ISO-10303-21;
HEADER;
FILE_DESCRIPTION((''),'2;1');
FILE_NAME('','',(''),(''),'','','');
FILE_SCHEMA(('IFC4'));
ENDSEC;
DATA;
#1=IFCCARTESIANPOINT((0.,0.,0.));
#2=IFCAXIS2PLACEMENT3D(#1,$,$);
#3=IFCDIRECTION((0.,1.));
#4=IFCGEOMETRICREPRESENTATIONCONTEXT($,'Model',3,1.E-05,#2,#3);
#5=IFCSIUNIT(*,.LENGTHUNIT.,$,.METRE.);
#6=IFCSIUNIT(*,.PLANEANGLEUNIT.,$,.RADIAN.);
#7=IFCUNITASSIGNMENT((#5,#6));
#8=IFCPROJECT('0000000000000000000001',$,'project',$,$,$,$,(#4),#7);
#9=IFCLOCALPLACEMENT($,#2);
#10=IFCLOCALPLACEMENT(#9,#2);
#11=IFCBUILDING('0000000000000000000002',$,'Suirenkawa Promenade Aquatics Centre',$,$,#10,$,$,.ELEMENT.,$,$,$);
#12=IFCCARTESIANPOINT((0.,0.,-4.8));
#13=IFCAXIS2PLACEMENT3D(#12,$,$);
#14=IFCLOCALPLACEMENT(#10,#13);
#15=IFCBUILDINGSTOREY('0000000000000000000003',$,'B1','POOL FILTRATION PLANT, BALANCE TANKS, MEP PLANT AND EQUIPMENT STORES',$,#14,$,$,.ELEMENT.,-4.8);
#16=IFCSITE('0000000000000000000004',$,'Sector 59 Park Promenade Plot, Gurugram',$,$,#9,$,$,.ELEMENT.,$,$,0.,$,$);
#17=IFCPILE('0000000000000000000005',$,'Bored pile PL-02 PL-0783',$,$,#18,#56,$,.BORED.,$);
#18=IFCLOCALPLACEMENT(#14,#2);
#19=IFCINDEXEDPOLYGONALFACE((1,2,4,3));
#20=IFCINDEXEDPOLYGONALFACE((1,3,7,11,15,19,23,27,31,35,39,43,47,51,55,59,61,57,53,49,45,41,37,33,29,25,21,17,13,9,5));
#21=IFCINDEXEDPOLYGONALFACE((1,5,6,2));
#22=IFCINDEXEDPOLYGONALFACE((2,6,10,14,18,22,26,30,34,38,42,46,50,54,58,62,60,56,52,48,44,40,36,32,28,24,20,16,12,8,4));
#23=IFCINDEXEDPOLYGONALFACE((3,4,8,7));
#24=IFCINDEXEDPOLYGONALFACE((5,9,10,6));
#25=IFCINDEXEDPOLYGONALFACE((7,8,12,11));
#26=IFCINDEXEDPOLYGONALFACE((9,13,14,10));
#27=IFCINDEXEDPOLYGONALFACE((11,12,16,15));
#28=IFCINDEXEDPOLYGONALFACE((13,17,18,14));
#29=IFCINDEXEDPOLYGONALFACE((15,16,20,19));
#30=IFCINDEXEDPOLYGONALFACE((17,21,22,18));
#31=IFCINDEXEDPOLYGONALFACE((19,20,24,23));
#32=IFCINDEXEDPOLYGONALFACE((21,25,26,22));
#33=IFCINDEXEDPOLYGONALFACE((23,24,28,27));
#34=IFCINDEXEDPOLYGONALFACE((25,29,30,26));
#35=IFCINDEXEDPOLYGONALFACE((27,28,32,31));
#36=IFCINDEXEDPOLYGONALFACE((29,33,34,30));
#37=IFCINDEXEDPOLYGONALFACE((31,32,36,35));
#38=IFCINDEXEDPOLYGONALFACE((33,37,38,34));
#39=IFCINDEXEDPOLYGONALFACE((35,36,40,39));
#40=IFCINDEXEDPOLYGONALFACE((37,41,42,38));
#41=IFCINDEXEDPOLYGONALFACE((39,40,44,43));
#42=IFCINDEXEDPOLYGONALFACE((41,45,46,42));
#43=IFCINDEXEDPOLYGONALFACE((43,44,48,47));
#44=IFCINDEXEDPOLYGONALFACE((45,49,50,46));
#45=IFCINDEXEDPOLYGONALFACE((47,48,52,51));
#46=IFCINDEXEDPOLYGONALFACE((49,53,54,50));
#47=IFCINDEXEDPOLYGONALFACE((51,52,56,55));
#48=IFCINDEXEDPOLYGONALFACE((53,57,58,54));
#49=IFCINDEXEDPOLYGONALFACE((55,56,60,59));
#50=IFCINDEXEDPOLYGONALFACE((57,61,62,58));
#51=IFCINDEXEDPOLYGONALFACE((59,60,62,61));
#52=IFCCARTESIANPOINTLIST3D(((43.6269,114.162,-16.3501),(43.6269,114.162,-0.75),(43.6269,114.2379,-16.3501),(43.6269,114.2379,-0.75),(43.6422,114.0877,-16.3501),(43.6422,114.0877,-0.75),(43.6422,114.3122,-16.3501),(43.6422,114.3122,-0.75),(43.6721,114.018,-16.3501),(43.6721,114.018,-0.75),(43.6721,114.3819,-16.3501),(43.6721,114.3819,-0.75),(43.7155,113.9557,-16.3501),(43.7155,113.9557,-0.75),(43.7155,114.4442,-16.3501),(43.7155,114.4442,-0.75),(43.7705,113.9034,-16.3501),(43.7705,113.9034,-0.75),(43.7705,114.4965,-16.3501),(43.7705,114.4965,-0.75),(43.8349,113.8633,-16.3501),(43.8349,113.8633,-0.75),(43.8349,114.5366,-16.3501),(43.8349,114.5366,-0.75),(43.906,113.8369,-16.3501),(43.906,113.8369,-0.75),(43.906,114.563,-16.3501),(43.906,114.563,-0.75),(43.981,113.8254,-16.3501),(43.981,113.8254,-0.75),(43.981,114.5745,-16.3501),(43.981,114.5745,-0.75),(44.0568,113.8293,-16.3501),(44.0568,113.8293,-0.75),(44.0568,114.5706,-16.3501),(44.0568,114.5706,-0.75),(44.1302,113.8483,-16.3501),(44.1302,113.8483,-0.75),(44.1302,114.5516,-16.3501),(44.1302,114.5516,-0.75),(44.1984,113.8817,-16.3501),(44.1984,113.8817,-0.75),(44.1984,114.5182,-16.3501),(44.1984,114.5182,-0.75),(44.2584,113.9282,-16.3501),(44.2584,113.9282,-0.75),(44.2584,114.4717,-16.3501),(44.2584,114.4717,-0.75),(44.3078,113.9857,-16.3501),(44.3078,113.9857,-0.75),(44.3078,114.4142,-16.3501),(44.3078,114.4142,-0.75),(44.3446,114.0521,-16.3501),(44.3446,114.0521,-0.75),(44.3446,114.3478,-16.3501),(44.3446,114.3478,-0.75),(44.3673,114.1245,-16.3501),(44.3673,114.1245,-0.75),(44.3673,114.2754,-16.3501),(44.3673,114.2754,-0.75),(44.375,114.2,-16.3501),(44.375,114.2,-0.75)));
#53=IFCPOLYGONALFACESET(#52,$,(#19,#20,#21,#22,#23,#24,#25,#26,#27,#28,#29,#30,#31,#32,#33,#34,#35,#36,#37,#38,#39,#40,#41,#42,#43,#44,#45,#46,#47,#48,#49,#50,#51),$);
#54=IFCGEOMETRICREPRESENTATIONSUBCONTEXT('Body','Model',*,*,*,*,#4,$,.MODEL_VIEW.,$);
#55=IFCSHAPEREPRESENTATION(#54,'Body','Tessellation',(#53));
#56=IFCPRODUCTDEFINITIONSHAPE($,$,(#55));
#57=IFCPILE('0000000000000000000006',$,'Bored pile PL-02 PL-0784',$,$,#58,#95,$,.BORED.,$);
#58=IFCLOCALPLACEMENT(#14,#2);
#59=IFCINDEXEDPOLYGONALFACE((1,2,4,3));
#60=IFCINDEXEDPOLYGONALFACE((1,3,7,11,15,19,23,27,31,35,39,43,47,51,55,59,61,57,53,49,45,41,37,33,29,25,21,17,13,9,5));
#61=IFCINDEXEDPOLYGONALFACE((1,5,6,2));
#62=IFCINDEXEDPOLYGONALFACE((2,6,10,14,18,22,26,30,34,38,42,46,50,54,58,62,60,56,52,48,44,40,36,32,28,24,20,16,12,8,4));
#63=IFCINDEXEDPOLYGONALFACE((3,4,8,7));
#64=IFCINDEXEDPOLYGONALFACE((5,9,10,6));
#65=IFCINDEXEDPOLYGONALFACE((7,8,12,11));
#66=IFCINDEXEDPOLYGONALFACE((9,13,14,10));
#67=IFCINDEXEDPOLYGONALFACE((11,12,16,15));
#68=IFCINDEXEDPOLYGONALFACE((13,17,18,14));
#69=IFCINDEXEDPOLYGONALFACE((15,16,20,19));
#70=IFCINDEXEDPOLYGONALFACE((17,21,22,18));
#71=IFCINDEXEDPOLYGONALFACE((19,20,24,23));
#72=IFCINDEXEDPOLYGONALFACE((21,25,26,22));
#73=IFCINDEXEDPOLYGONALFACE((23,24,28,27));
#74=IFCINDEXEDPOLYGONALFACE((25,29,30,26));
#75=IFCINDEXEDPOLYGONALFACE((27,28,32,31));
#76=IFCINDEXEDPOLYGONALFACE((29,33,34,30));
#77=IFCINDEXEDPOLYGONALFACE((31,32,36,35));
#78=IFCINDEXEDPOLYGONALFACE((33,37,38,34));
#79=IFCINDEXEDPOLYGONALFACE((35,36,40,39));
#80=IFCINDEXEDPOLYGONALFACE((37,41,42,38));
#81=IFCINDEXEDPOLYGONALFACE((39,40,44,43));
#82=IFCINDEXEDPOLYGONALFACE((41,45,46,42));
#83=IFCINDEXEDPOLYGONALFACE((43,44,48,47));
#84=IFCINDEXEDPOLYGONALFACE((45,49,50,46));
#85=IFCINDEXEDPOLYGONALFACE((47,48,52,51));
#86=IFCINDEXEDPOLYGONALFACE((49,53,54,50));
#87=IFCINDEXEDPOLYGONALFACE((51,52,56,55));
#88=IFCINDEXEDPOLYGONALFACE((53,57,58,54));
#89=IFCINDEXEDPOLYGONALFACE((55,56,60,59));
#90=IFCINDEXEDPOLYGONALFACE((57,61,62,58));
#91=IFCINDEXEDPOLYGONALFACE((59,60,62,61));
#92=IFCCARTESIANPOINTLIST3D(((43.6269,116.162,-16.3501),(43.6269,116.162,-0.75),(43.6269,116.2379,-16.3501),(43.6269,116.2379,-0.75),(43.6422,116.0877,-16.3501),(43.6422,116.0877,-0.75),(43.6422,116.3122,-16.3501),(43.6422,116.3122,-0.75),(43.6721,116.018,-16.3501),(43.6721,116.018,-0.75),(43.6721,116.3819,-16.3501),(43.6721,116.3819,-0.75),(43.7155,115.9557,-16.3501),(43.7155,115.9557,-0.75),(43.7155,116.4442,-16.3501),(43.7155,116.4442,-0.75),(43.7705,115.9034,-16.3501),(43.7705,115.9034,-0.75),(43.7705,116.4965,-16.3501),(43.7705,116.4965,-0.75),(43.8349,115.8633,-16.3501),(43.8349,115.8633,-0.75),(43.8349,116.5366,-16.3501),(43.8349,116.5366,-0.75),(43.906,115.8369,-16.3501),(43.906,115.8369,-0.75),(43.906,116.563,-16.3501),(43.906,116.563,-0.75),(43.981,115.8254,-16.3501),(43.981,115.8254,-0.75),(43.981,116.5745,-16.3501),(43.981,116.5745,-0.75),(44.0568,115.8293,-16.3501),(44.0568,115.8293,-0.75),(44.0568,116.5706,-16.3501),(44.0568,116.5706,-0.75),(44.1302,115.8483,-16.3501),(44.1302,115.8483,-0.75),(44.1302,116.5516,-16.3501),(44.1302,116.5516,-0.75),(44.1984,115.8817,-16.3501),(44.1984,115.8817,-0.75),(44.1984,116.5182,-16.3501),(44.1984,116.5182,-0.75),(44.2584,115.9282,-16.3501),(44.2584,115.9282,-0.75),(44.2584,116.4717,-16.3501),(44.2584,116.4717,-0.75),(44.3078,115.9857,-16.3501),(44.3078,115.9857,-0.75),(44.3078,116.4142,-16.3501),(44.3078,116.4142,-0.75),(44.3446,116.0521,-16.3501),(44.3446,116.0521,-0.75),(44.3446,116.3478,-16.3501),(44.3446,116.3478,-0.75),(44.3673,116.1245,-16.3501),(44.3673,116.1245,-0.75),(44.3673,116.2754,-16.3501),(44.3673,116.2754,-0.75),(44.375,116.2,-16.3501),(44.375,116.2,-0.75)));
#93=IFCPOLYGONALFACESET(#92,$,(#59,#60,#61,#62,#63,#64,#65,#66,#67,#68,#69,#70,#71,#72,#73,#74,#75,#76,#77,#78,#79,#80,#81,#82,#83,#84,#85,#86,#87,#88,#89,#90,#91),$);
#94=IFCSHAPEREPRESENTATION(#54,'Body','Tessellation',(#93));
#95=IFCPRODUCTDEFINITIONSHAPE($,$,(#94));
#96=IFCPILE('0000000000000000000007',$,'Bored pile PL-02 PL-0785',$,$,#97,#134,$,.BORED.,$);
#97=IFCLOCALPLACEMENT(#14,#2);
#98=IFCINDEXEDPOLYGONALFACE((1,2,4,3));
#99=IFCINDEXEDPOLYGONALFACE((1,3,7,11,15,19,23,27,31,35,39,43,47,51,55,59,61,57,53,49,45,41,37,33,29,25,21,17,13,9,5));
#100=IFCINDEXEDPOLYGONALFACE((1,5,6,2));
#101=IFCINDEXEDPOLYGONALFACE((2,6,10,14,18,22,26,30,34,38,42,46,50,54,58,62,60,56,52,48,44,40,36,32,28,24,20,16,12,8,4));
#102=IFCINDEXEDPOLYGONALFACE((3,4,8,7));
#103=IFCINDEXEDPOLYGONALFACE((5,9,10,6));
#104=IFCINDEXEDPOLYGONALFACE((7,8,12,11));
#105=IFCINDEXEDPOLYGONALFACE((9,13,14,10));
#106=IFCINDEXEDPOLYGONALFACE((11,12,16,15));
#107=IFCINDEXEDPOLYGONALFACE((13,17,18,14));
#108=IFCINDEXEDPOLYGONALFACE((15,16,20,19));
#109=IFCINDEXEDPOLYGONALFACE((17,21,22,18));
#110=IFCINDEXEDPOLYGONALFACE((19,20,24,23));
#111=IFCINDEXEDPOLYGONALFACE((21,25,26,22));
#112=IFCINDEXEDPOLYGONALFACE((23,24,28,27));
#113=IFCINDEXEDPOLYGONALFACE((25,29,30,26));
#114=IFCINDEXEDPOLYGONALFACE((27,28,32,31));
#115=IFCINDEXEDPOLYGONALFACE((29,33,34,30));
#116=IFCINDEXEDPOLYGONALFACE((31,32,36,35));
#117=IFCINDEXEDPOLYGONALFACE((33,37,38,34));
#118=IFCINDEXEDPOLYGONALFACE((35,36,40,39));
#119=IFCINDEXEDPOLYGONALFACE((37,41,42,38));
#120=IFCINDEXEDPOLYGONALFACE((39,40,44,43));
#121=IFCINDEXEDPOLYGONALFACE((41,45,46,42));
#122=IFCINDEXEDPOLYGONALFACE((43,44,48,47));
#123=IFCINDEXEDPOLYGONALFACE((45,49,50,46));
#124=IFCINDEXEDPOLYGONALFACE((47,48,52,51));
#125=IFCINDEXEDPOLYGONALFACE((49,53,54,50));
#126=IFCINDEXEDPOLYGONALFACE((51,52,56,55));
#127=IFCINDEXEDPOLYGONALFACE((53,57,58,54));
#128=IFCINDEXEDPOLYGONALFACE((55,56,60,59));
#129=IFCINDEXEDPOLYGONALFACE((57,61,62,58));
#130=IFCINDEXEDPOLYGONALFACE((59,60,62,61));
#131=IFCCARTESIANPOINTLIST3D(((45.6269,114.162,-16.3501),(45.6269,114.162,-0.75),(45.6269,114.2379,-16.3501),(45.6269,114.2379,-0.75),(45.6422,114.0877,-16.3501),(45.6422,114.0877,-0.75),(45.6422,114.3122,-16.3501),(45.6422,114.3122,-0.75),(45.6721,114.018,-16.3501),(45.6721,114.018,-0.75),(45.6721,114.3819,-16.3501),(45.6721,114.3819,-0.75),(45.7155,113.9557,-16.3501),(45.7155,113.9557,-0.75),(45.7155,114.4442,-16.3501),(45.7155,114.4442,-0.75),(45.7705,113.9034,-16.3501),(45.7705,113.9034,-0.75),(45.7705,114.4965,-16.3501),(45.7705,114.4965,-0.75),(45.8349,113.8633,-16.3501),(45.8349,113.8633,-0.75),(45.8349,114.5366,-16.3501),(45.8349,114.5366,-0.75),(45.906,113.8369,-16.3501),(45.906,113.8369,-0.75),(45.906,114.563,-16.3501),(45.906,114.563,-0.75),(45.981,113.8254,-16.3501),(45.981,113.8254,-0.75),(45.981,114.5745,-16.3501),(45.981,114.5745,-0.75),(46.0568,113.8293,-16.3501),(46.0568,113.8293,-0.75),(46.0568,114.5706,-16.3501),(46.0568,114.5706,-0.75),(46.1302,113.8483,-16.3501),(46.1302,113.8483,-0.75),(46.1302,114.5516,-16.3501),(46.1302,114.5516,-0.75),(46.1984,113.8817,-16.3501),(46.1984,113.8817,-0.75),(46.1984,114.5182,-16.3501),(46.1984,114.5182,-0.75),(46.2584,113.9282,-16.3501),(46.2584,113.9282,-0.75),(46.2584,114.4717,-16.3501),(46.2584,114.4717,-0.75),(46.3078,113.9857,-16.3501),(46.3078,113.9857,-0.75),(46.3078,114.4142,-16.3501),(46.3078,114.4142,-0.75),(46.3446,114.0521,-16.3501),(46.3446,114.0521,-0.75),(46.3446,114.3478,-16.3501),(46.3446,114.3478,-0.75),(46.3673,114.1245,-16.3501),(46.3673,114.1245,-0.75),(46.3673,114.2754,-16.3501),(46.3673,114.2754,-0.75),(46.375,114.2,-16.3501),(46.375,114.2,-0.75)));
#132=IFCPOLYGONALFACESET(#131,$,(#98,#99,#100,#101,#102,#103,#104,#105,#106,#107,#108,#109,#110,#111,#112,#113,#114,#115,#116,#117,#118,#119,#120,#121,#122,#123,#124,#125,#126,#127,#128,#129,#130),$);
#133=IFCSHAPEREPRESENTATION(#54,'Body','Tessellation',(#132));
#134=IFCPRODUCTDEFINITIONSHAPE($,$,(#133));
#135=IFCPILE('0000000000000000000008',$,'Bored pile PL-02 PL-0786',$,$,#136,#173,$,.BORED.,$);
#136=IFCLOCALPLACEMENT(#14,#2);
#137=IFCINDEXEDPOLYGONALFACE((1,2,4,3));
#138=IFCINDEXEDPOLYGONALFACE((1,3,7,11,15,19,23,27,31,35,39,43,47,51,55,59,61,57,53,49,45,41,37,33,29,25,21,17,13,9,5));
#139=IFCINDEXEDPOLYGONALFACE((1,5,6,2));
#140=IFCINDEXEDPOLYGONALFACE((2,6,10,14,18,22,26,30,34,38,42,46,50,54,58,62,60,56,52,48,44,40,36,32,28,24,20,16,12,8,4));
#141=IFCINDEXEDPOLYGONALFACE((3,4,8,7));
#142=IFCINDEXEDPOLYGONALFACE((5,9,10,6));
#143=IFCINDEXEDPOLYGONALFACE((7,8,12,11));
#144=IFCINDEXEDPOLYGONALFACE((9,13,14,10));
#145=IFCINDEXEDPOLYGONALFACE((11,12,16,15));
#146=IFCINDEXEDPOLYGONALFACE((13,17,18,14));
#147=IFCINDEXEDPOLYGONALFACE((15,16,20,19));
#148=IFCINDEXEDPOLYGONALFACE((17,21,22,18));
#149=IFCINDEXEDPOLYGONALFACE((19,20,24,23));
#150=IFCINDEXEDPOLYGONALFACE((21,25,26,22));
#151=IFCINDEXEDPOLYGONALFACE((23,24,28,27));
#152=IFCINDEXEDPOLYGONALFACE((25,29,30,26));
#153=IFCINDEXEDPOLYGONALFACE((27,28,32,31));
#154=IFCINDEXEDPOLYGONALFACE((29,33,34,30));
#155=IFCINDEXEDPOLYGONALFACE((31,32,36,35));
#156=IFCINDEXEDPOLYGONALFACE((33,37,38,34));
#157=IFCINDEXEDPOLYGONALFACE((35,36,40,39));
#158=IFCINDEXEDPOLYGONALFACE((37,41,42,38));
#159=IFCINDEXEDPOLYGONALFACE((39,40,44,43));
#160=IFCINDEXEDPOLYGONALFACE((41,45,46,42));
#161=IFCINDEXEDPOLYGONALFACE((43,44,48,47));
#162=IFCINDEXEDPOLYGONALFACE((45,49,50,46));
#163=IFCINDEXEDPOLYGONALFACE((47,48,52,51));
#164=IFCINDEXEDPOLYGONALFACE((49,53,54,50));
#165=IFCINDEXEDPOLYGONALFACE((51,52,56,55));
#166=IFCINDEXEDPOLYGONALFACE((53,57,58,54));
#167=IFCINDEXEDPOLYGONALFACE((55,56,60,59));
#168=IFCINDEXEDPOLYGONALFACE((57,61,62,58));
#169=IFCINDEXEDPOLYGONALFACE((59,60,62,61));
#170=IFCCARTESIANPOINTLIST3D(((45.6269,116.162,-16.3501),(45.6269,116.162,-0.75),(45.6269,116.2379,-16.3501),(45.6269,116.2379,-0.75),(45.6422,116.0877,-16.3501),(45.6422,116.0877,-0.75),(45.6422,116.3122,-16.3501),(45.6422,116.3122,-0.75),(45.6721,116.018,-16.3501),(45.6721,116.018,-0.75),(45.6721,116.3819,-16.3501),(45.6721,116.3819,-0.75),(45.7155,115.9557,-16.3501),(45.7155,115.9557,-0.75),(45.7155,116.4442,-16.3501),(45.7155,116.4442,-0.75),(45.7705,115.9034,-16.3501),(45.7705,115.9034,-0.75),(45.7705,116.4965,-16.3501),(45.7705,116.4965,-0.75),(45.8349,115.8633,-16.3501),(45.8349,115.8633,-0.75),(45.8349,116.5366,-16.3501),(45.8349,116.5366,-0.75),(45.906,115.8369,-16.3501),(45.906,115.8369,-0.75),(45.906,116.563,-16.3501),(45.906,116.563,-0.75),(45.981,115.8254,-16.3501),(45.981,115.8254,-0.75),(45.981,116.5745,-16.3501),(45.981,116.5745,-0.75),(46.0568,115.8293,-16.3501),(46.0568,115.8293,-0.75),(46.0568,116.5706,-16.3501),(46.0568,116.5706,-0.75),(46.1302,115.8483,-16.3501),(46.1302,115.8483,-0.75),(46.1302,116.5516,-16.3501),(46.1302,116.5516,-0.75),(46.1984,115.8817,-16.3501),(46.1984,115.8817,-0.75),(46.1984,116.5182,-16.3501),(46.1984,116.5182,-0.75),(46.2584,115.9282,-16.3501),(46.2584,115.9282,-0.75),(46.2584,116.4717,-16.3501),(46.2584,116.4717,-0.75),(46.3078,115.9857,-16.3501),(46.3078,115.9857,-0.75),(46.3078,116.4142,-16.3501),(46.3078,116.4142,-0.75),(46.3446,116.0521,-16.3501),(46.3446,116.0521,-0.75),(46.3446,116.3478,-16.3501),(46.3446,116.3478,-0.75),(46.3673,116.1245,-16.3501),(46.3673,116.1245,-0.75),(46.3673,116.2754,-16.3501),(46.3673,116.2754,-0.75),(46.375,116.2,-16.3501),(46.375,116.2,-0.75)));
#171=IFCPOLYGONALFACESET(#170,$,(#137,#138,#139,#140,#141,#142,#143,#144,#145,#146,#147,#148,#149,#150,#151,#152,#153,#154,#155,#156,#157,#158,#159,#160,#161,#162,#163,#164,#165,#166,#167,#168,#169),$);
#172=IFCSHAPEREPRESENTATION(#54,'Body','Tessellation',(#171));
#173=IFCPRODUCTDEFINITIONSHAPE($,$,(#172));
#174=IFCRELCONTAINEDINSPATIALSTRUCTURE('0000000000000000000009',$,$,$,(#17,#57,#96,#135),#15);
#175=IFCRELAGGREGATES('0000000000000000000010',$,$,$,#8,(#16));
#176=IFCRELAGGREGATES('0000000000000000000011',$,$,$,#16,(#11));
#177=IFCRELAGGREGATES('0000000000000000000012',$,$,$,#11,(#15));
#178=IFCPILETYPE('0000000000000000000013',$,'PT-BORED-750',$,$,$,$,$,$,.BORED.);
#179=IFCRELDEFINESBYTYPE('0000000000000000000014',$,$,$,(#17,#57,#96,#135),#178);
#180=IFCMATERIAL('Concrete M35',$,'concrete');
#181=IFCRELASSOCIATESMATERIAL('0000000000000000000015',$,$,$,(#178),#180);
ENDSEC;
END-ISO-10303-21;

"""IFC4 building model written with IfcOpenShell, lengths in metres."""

from ifc_helpers import new_model, si_unit, direction, frame, origin, origin_2d, place, context, subcontext, project, spatial, circle, extrude, material, material_profile, profile_set, type_object, element, save


model = new_model("IFC4")

# Units and contexts
model_context = context("Model", 3, precision=1e-05, world=origin(), true_north=direction((0.0, 1.0)))
body_context = subcontext(model_context, "Body", "Model", "MODEL_VIEW")
ifc_project = project(units=[si_unit("LENGTHUNIT", "METRE"), si_unit("PLANEANGLEUNIT", "RADIAN")], contexts=[model_context])

# Site, building, storey
site_placement = place(None, origin())
site = spatial("IfcSite", under=ifc_project, at=site_placement, Name="Sector 59 Park Promenade Plot, Gurugram", CompositionType="ELEMENT", RefElevation=0.0)
building_placement = place(site_placement, origin())
building = spatial("IfcBuilding", under=site, at=building_placement, Name="Suirenkawa Promenade Aquatics Centre", CompositionType="ELEMENT")
storey_placement = place(building_placement, frame((0.0, 0.0, -4.8)))
storey = spatial("IfcBuildingStorey", under=building, at=storey_placement, Name="B1", Description="POOL FILTRATION PLANT, BALANCE TANKS, MEP PLANT AND EQUIPMENT STORES", CompositionType="ELEMENT", Elevation=-4.8)

# Shared definitions
ifc_material_1 = material(Name="Concrete M35", Category="concrete")

# Piles
ifc_material_profile_1 = material_profile(ifc_material_1, circle(Radius=0.375, at=origin_2d()), Name="PILE D750", Category="concrete")
ifc_profile_set_1 = profile_set([ifc_material_profile_1], Name="Concrete M35")
pile_type_1 = type_object("IfcPileType", Name="PT-BORED-750", PredefinedType="BORED", material=ifc_profile_set_1)
for number, where, z_axis, x_axis, name in (
    (1, (44.0, 114.2, -0.75), (0.0, 0.0, -1.0), (1.0, 0.0, 0.0), "Bored pile PL-02 PL-0783"),
    (2, (44.0, 116.2, -0.75), (0.0, 0.0, -1.0), (1.0, 0.0, 0.0), "Bored pile PL-02 PL-0784"),
    (3, (46.0, 114.2, -0.75), (0.0, 0.0, -1.0), (1.0, 0.0, 0.0), "Bored pile PL-02 PL-0785"),
    (4, (46.0, 116.2, -0.75), (0.0, 0.0, -1.0), (1.0, 0.0, 0.0), "Bored pile PL-02 PL-0786"),
):
    element("IfcPile", number, at=place(storey_placement, frame(where, z_axis=z_axis, x_axis=x_axis)), inside=storey, type_object=pile_type_1, Name=name, PredefinedType="BORED", context=body_context, shape_type="SweptSolid", body=[
        extrude(circle(Radius=0.375, at=origin_2d()), origin(), (0.0, 0.0, 1.0), 15.6001),
    ])

save(model, "model.ifc")
